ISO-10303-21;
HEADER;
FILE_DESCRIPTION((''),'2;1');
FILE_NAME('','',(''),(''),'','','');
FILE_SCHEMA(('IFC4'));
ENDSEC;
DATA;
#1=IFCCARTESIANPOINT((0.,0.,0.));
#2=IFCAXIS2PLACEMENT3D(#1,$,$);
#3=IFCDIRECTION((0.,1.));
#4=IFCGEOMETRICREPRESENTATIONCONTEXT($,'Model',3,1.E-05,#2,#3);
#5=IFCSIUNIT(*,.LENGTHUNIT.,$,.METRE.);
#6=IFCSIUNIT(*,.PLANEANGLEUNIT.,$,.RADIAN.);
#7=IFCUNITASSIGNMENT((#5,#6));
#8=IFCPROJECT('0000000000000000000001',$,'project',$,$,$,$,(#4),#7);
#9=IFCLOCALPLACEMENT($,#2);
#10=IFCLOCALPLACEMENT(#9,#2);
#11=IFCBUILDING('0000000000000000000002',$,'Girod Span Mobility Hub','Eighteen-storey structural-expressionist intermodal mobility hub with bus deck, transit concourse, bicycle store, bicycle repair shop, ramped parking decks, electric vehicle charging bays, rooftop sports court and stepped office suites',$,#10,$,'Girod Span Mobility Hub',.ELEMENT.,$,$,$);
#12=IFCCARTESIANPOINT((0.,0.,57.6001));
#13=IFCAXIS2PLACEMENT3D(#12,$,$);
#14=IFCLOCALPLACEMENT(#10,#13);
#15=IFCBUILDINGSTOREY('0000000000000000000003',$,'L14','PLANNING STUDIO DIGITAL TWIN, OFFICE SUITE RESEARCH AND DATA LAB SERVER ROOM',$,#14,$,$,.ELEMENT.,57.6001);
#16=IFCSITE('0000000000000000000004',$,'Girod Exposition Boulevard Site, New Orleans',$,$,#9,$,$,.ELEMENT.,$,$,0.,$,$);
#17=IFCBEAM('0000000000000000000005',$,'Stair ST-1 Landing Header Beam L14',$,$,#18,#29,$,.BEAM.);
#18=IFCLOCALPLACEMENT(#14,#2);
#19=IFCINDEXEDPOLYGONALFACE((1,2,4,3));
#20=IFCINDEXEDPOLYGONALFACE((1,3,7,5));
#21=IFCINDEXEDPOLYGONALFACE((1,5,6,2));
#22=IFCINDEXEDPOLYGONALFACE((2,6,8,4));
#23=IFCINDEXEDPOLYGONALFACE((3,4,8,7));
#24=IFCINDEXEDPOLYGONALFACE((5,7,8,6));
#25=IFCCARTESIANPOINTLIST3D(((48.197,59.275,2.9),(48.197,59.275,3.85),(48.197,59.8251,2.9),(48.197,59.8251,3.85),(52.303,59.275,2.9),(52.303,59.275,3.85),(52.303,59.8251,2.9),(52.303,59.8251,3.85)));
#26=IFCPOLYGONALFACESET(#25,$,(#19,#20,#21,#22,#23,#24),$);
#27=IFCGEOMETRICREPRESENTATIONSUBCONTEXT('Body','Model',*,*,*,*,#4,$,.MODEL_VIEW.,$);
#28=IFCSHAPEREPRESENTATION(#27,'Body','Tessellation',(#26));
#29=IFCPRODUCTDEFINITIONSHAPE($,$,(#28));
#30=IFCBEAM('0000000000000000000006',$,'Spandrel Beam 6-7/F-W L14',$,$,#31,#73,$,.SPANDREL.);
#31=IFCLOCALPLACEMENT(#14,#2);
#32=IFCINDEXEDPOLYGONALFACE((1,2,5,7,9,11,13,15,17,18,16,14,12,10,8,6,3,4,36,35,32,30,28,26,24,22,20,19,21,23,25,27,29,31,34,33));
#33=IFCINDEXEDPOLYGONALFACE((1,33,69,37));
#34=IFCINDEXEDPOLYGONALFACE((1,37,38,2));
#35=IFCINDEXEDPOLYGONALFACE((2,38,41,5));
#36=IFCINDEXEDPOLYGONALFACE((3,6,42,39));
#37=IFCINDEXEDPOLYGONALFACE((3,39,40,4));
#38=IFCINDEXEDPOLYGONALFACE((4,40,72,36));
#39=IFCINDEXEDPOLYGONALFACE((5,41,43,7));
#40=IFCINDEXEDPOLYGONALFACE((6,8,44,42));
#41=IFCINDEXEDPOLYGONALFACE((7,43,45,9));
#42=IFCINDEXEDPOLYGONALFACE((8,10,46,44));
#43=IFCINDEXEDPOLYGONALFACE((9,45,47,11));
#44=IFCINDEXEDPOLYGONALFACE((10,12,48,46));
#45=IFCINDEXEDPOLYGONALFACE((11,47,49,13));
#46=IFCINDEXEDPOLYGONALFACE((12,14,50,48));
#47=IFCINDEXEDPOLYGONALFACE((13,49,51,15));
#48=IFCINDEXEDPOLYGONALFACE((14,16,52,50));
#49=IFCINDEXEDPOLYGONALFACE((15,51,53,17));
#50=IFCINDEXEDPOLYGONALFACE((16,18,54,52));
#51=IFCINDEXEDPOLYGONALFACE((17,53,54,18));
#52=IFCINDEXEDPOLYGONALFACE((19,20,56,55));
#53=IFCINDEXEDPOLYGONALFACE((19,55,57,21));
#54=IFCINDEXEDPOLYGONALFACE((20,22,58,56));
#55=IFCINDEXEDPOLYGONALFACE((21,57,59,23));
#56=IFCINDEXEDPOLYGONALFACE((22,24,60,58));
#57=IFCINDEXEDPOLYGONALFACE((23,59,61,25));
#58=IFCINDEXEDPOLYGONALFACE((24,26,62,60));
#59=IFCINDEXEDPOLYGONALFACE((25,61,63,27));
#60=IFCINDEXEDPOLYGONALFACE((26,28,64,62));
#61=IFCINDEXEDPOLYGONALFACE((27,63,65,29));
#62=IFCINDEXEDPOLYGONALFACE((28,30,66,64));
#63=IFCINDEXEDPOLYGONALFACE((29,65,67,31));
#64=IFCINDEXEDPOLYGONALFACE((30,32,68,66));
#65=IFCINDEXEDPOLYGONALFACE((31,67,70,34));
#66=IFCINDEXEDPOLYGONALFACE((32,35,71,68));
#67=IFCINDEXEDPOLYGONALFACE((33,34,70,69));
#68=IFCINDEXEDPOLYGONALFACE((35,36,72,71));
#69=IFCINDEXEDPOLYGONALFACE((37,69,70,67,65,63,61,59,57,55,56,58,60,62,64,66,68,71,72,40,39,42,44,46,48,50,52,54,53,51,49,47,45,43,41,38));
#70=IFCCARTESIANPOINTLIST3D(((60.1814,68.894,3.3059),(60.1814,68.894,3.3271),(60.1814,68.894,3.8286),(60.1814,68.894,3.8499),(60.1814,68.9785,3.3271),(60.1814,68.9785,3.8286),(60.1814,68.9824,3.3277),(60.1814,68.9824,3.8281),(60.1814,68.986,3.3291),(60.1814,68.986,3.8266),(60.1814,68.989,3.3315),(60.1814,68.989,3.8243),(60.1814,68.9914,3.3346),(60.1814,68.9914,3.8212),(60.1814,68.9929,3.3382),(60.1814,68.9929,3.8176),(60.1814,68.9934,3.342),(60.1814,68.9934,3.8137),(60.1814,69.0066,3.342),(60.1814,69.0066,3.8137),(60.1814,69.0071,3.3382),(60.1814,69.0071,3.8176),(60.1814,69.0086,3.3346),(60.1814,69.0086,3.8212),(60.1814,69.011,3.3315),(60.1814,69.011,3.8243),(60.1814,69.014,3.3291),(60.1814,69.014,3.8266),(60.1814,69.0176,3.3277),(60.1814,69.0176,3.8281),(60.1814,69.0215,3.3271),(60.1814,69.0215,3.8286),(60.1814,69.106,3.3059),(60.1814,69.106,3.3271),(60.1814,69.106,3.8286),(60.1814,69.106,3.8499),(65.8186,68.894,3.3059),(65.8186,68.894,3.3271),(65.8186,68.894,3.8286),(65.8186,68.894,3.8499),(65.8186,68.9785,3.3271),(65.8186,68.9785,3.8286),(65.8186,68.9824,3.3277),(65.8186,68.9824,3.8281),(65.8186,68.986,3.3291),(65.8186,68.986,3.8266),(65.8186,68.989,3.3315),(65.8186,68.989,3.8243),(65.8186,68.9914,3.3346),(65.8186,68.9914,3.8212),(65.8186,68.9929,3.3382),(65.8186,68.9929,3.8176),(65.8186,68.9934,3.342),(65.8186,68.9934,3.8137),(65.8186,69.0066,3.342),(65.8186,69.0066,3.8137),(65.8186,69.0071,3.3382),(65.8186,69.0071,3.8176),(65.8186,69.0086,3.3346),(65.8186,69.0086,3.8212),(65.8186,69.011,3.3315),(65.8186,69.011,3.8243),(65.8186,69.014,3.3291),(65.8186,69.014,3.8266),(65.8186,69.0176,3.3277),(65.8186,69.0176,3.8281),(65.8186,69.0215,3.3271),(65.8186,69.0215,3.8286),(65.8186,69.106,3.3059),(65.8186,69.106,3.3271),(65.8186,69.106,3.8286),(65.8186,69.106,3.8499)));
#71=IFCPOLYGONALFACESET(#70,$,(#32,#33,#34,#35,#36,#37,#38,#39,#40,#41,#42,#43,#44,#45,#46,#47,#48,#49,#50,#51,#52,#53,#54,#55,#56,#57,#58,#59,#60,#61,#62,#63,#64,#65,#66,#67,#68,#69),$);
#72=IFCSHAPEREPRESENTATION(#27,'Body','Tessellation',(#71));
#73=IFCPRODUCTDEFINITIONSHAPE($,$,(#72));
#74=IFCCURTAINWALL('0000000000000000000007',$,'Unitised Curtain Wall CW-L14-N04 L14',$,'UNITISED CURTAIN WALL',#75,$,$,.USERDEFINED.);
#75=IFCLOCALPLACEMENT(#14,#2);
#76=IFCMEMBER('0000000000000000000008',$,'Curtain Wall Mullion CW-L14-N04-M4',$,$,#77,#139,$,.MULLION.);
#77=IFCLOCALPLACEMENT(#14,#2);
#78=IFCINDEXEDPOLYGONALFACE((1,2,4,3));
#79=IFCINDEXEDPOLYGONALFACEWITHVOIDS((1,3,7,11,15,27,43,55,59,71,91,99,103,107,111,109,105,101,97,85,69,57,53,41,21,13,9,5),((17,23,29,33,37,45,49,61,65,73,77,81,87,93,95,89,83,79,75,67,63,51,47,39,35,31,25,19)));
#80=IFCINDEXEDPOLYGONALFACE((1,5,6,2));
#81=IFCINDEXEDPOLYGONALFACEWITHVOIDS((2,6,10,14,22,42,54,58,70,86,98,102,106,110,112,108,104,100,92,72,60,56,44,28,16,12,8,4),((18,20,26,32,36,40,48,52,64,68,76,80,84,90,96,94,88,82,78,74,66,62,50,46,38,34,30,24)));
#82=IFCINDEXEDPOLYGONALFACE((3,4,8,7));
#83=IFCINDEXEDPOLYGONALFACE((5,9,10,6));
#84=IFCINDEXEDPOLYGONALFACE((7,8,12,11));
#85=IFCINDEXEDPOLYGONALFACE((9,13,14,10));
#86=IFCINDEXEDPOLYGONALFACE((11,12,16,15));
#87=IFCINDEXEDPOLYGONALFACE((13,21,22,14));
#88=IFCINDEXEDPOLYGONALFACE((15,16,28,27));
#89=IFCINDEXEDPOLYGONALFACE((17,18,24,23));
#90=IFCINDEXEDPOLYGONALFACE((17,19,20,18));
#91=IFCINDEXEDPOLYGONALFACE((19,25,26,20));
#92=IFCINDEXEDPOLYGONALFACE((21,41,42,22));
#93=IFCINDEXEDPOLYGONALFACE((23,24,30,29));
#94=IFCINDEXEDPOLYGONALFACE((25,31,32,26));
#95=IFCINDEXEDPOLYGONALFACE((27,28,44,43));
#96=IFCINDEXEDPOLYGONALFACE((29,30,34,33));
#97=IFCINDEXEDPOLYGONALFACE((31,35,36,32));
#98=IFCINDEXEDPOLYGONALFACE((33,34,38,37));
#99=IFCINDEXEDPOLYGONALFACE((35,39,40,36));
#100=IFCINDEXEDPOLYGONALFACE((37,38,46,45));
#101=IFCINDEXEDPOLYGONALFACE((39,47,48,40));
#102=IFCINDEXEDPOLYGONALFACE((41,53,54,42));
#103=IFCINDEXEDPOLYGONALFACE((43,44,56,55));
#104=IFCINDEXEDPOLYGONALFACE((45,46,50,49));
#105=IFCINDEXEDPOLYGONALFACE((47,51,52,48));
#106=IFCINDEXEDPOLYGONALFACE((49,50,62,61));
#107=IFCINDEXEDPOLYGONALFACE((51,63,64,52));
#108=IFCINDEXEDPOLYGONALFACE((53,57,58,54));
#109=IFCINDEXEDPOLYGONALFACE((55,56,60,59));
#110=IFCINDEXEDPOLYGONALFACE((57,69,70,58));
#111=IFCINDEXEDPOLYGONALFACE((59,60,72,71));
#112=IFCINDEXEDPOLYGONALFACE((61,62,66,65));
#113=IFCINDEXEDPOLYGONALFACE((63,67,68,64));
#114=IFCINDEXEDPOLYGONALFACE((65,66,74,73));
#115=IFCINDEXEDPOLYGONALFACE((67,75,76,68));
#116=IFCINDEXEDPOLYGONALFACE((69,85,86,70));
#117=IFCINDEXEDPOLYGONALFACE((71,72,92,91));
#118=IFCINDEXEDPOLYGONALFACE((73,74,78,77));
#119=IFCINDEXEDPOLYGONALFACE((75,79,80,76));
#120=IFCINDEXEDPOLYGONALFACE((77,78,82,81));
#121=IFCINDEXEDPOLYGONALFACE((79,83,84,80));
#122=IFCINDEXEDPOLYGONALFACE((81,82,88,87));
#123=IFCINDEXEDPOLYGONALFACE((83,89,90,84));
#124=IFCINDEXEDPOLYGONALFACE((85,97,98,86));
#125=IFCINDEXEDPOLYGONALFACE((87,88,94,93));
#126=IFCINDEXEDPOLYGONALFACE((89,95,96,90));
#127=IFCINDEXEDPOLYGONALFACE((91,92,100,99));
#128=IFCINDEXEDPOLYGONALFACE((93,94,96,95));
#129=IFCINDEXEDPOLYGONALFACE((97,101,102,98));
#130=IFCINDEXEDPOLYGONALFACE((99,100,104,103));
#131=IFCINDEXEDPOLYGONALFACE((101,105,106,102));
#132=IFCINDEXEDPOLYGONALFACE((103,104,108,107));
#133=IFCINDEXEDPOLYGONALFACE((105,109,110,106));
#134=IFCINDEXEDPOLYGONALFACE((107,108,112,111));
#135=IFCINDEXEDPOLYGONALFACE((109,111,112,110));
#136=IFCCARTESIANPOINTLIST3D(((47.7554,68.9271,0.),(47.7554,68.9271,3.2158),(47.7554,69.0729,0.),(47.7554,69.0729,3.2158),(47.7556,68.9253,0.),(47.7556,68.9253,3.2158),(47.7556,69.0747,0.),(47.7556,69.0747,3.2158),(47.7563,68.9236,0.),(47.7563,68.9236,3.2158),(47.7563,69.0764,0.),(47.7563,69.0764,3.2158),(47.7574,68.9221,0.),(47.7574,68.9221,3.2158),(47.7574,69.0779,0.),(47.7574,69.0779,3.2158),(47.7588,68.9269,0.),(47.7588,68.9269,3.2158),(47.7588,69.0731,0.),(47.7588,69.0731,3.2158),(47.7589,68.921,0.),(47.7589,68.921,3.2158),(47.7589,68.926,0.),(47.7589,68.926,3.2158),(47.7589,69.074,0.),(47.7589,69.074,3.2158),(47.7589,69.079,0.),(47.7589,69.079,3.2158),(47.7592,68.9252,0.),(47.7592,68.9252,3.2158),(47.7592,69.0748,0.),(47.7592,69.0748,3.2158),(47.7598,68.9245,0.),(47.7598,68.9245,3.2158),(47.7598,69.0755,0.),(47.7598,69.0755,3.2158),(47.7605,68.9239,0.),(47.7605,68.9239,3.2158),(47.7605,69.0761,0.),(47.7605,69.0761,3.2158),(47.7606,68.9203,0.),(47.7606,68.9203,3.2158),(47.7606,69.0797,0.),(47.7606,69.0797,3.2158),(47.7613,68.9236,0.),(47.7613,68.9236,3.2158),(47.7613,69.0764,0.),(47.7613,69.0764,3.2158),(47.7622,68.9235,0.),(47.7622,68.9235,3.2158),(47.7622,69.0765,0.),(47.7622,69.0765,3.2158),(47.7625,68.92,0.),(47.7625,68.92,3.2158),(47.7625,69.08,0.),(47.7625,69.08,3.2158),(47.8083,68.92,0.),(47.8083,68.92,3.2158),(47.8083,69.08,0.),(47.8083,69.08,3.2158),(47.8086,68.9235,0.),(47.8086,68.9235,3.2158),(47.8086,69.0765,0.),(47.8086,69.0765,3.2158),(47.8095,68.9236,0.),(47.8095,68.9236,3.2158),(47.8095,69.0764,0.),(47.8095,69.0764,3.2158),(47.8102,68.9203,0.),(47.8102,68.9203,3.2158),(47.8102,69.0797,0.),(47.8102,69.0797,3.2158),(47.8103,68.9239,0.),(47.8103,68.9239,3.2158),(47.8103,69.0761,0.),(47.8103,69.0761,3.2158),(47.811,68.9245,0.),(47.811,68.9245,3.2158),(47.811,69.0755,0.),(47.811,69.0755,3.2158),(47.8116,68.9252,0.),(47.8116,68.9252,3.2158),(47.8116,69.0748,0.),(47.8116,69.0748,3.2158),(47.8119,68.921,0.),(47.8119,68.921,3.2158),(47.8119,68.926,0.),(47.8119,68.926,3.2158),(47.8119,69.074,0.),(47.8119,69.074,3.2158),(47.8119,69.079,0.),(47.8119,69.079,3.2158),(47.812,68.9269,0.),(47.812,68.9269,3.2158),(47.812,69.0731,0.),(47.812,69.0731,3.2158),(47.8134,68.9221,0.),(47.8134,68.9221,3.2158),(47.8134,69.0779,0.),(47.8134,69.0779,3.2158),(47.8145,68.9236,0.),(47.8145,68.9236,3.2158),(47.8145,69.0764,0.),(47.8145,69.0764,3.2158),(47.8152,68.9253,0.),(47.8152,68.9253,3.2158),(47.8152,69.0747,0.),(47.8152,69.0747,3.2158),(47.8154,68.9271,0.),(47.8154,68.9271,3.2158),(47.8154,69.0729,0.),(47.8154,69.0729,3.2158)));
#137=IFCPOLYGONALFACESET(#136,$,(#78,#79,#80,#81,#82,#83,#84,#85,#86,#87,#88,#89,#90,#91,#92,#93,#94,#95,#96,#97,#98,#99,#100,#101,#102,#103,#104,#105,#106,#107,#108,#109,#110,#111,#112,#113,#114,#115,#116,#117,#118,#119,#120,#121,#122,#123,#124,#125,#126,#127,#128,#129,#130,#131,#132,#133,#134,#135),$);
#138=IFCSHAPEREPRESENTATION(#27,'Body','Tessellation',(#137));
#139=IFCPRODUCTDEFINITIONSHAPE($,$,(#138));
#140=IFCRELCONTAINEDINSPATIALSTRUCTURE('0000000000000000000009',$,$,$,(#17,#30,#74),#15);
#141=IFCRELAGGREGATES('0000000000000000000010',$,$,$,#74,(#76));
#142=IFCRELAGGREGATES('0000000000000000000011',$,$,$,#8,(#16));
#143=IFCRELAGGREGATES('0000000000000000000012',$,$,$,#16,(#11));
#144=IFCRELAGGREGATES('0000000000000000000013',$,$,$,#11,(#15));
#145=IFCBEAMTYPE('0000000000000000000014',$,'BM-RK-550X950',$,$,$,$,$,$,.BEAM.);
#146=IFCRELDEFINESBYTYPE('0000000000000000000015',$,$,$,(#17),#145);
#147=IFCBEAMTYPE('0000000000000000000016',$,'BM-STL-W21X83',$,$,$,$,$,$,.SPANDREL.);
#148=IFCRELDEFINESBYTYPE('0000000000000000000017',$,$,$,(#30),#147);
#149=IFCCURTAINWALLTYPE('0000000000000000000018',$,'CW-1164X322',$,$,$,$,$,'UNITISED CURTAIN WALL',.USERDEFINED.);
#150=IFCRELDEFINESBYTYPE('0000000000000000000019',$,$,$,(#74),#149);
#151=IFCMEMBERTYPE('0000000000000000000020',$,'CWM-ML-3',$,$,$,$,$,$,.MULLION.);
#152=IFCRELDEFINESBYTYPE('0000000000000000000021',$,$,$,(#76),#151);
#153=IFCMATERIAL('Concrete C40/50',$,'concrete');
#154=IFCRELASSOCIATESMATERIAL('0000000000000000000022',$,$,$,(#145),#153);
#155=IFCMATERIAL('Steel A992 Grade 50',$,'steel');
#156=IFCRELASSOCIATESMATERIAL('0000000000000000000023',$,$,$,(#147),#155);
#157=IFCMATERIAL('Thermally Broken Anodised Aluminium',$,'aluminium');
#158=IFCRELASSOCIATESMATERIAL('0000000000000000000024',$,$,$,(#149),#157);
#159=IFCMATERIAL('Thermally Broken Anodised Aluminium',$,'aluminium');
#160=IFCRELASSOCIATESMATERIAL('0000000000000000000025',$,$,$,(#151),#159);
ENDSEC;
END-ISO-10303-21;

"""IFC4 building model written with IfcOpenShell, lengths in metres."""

from ifc_helpers import new_model, si_unit, direction, frame, origin, origin_2d, place, context, subcontext, project, spatial, rectangle, hollow_rectangle, i_section, extrude, material, material_profile, profile_set, type_object, element, aggregate, save


model = new_model("IFC4")

# Units and contexts
model_context = context("Model", 3, precision=1e-05, world=origin(), true_north=direction((0.0, 1.0)))
body_context = subcontext(model_context, "Body", "Model", "MODEL_VIEW")
ifc_project = project(units=[si_unit("LENGTHUNIT", "METRE"), si_unit("PLANEANGLEUNIT", "RADIAN")], contexts=[model_context])

# Site, building, storey
site_placement = place(None, origin())
site = spatial("IfcSite", under=ifc_project, at=site_placement, Name="Girod Exposition Boulevard Site, New Orleans", CompositionType="ELEMENT", RefElevation=0.0)
building_placement = place(site_placement, origin())
building = spatial("IfcBuilding", under=site, at=building_placement, Name="Girod Span Mobility Hub", Description="Eighteen-storey structural-expressionist intermodal mobility hub with bus deck, transit concourse, bicycle store, bicycle repair shop, ramped parking decks, electric vehicle charging bays, rooftop sports court and stepped office suites", LongName="Girod Span Mobility Hub", CompositionType="ELEMENT")
storey_placement = place(building_placement, frame((0.0, 0.0, 57.6001)))
storey = spatial("IfcBuildingStorey", under=building, at=storey_placement, Name="L14", Description="PLANNING STUDIO DIGITAL TWIN, OFFICE SUITE RESEARCH AND DATA LAB SERVER ROOM", CompositionType="ELEMENT", Elevation=57.6001)

# Beams
ifc_material_1 = material(Name="Concrete C40/50", Category="concrete")
ifc_material_profile_1 = material_profile(ifc_material_1, rectangle(XDim=0.55, YDim=0.95, at=origin_2d()), Name="RK-550X950")
ifc_profile_set_1 = profile_set([ifc_material_profile_1], Name="Concrete C40/50")
beam_type_1 = type_object("IfcBeamType", Name="BM-RK-550X950", PredefinedType="BEAM", material=ifc_profile_set_1)
beam_1_placement = place(storey_placement, frame((48.197, 59.55, 3.375), z_axis=(1.0, 0.0, 0.0), x_axis=(0.0, 1.0, 0.0)))
element("IfcBeam", 1, at=beam_1_placement, inside=storey, type_object=beam_type_1, Name="Stair ST-1 Landing Header Beam L14", PredefinedType="BEAM", context=body_context, shape_type="SweptSolid", body=[
    extrude(rectangle(XDim=0.55, YDim=0.95, at=origin_2d()), origin(), (0.0, 0.0, 1.0), 4.106),
])
ifc_material_2 = material(Name="Steel A992 Grade 50", Category="steel")
ifc_material_profile_2 = material_profile(ifc_material_2, i_section(OverallWidth=0.2119, OverallDepth=0.5439, WebThickness=0.0132, FlangeThickness=0.0212, FilletRadius=0.0149, at=origin_2d()), Name="W21X83")
ifc_profile_set_2 = profile_set([ifc_material_profile_2], Name="Steel A992 Grade 50")
beam_type_2 = type_object("IfcBeamType", Name="BM-STL-W21X83", PredefinedType="SPANDREL", material=ifc_profile_set_2)
beam_2_placement = place(storey_placement, frame((60.1814, 69.0, 3.5779), z_axis=(1.0, 0.0, 0.0), x_axis=(0.0, 1.0, 0.0)))
element("IfcBeam", 2, at=beam_2_placement, inside=storey, type_object=beam_type_2, Name="Spandrel Beam 6-7/F-W L14", PredefinedType="SPANDREL", context=body_context, shape_type="SweptSolid", body=[
    extrude(i_section(OverallWidth=0.2119, OverallDepth=0.5439, WebThickness=0.0132, FlangeThickness=0.0212, FilletRadius=0.0149, at=origin_2d()), origin(), (0.0, 0.0, 1.0), 5.6372),
])

# Curtain wall, member
ifc_material_3 = material(Name="Thermally Broken Anodised Aluminium", Category="aluminium")
curtain_wall_type_1 = type_object("IfcCurtainWallType", Name="CW-1164X322", ElementType="UNITISED CURTAIN WALL", PredefinedType="USERDEFINED", material=ifc_material_3)
curtain_wall_1_placement = place(storey_placement, origin())
curtain_wall_1 = element("IfcCurtainWall", 3, at=curtain_wall_1_placement, inside=storey, type_object=curtain_wall_type_1, Name="Unitised Curtain Wall CW-L14-N04 L14", ObjectType="UNITISED CURTAIN WALL", PredefinedType="USERDEFINED")
ifc_material_4 = material(Name="Thermally Broken Anodised Aluminium", Category="aluminium")
ifc_material_profile_3 = material_profile(ifc_material_4, hollow_rectangle(XDim=0.1599, YDim=0.0601, WallThickness=0.0034, InnerFilletRadius=0.0034, OuterFilletRadius=0.0071, at=origin_2d()), Name="CW-ML-60X160")
ifc_profile_set_3 = profile_set([ifc_material_profile_3], Name="Thermally Broken Anodised Aluminium")
member_type_1 = type_object("IfcMemberType", Name="CWM-ML-3", PredefinedType="MULLION", material=ifc_profile_set_3)
member_1_placement = place(storey_placement, frame((47.7854, 69.0, 0.0), z_axis=(0.0, 0.0, 1.0), x_axis=(0.0, 1.0, 0.0)))
member_1 = element("IfcMember", 4, at=member_1_placement, type_object=member_type_1, Name="Curtain Wall Mullion CW-L14-N04-M4", PredefinedType="MULLION", context=body_context, shape_type="SweptSolid", body=[
    extrude(hollow_rectangle(XDim=0.1599, YDim=0.0601, WallThickness=0.0034, InnerFilletRadius=0.0034, OuterFilletRadius=0.0071, at=origin_2d()), origin(), (0.0, 0.0, 1.0), 3.2158),
])
aggregate(curtain_wall_1, [member_1])

save(model, "model.ifc")
